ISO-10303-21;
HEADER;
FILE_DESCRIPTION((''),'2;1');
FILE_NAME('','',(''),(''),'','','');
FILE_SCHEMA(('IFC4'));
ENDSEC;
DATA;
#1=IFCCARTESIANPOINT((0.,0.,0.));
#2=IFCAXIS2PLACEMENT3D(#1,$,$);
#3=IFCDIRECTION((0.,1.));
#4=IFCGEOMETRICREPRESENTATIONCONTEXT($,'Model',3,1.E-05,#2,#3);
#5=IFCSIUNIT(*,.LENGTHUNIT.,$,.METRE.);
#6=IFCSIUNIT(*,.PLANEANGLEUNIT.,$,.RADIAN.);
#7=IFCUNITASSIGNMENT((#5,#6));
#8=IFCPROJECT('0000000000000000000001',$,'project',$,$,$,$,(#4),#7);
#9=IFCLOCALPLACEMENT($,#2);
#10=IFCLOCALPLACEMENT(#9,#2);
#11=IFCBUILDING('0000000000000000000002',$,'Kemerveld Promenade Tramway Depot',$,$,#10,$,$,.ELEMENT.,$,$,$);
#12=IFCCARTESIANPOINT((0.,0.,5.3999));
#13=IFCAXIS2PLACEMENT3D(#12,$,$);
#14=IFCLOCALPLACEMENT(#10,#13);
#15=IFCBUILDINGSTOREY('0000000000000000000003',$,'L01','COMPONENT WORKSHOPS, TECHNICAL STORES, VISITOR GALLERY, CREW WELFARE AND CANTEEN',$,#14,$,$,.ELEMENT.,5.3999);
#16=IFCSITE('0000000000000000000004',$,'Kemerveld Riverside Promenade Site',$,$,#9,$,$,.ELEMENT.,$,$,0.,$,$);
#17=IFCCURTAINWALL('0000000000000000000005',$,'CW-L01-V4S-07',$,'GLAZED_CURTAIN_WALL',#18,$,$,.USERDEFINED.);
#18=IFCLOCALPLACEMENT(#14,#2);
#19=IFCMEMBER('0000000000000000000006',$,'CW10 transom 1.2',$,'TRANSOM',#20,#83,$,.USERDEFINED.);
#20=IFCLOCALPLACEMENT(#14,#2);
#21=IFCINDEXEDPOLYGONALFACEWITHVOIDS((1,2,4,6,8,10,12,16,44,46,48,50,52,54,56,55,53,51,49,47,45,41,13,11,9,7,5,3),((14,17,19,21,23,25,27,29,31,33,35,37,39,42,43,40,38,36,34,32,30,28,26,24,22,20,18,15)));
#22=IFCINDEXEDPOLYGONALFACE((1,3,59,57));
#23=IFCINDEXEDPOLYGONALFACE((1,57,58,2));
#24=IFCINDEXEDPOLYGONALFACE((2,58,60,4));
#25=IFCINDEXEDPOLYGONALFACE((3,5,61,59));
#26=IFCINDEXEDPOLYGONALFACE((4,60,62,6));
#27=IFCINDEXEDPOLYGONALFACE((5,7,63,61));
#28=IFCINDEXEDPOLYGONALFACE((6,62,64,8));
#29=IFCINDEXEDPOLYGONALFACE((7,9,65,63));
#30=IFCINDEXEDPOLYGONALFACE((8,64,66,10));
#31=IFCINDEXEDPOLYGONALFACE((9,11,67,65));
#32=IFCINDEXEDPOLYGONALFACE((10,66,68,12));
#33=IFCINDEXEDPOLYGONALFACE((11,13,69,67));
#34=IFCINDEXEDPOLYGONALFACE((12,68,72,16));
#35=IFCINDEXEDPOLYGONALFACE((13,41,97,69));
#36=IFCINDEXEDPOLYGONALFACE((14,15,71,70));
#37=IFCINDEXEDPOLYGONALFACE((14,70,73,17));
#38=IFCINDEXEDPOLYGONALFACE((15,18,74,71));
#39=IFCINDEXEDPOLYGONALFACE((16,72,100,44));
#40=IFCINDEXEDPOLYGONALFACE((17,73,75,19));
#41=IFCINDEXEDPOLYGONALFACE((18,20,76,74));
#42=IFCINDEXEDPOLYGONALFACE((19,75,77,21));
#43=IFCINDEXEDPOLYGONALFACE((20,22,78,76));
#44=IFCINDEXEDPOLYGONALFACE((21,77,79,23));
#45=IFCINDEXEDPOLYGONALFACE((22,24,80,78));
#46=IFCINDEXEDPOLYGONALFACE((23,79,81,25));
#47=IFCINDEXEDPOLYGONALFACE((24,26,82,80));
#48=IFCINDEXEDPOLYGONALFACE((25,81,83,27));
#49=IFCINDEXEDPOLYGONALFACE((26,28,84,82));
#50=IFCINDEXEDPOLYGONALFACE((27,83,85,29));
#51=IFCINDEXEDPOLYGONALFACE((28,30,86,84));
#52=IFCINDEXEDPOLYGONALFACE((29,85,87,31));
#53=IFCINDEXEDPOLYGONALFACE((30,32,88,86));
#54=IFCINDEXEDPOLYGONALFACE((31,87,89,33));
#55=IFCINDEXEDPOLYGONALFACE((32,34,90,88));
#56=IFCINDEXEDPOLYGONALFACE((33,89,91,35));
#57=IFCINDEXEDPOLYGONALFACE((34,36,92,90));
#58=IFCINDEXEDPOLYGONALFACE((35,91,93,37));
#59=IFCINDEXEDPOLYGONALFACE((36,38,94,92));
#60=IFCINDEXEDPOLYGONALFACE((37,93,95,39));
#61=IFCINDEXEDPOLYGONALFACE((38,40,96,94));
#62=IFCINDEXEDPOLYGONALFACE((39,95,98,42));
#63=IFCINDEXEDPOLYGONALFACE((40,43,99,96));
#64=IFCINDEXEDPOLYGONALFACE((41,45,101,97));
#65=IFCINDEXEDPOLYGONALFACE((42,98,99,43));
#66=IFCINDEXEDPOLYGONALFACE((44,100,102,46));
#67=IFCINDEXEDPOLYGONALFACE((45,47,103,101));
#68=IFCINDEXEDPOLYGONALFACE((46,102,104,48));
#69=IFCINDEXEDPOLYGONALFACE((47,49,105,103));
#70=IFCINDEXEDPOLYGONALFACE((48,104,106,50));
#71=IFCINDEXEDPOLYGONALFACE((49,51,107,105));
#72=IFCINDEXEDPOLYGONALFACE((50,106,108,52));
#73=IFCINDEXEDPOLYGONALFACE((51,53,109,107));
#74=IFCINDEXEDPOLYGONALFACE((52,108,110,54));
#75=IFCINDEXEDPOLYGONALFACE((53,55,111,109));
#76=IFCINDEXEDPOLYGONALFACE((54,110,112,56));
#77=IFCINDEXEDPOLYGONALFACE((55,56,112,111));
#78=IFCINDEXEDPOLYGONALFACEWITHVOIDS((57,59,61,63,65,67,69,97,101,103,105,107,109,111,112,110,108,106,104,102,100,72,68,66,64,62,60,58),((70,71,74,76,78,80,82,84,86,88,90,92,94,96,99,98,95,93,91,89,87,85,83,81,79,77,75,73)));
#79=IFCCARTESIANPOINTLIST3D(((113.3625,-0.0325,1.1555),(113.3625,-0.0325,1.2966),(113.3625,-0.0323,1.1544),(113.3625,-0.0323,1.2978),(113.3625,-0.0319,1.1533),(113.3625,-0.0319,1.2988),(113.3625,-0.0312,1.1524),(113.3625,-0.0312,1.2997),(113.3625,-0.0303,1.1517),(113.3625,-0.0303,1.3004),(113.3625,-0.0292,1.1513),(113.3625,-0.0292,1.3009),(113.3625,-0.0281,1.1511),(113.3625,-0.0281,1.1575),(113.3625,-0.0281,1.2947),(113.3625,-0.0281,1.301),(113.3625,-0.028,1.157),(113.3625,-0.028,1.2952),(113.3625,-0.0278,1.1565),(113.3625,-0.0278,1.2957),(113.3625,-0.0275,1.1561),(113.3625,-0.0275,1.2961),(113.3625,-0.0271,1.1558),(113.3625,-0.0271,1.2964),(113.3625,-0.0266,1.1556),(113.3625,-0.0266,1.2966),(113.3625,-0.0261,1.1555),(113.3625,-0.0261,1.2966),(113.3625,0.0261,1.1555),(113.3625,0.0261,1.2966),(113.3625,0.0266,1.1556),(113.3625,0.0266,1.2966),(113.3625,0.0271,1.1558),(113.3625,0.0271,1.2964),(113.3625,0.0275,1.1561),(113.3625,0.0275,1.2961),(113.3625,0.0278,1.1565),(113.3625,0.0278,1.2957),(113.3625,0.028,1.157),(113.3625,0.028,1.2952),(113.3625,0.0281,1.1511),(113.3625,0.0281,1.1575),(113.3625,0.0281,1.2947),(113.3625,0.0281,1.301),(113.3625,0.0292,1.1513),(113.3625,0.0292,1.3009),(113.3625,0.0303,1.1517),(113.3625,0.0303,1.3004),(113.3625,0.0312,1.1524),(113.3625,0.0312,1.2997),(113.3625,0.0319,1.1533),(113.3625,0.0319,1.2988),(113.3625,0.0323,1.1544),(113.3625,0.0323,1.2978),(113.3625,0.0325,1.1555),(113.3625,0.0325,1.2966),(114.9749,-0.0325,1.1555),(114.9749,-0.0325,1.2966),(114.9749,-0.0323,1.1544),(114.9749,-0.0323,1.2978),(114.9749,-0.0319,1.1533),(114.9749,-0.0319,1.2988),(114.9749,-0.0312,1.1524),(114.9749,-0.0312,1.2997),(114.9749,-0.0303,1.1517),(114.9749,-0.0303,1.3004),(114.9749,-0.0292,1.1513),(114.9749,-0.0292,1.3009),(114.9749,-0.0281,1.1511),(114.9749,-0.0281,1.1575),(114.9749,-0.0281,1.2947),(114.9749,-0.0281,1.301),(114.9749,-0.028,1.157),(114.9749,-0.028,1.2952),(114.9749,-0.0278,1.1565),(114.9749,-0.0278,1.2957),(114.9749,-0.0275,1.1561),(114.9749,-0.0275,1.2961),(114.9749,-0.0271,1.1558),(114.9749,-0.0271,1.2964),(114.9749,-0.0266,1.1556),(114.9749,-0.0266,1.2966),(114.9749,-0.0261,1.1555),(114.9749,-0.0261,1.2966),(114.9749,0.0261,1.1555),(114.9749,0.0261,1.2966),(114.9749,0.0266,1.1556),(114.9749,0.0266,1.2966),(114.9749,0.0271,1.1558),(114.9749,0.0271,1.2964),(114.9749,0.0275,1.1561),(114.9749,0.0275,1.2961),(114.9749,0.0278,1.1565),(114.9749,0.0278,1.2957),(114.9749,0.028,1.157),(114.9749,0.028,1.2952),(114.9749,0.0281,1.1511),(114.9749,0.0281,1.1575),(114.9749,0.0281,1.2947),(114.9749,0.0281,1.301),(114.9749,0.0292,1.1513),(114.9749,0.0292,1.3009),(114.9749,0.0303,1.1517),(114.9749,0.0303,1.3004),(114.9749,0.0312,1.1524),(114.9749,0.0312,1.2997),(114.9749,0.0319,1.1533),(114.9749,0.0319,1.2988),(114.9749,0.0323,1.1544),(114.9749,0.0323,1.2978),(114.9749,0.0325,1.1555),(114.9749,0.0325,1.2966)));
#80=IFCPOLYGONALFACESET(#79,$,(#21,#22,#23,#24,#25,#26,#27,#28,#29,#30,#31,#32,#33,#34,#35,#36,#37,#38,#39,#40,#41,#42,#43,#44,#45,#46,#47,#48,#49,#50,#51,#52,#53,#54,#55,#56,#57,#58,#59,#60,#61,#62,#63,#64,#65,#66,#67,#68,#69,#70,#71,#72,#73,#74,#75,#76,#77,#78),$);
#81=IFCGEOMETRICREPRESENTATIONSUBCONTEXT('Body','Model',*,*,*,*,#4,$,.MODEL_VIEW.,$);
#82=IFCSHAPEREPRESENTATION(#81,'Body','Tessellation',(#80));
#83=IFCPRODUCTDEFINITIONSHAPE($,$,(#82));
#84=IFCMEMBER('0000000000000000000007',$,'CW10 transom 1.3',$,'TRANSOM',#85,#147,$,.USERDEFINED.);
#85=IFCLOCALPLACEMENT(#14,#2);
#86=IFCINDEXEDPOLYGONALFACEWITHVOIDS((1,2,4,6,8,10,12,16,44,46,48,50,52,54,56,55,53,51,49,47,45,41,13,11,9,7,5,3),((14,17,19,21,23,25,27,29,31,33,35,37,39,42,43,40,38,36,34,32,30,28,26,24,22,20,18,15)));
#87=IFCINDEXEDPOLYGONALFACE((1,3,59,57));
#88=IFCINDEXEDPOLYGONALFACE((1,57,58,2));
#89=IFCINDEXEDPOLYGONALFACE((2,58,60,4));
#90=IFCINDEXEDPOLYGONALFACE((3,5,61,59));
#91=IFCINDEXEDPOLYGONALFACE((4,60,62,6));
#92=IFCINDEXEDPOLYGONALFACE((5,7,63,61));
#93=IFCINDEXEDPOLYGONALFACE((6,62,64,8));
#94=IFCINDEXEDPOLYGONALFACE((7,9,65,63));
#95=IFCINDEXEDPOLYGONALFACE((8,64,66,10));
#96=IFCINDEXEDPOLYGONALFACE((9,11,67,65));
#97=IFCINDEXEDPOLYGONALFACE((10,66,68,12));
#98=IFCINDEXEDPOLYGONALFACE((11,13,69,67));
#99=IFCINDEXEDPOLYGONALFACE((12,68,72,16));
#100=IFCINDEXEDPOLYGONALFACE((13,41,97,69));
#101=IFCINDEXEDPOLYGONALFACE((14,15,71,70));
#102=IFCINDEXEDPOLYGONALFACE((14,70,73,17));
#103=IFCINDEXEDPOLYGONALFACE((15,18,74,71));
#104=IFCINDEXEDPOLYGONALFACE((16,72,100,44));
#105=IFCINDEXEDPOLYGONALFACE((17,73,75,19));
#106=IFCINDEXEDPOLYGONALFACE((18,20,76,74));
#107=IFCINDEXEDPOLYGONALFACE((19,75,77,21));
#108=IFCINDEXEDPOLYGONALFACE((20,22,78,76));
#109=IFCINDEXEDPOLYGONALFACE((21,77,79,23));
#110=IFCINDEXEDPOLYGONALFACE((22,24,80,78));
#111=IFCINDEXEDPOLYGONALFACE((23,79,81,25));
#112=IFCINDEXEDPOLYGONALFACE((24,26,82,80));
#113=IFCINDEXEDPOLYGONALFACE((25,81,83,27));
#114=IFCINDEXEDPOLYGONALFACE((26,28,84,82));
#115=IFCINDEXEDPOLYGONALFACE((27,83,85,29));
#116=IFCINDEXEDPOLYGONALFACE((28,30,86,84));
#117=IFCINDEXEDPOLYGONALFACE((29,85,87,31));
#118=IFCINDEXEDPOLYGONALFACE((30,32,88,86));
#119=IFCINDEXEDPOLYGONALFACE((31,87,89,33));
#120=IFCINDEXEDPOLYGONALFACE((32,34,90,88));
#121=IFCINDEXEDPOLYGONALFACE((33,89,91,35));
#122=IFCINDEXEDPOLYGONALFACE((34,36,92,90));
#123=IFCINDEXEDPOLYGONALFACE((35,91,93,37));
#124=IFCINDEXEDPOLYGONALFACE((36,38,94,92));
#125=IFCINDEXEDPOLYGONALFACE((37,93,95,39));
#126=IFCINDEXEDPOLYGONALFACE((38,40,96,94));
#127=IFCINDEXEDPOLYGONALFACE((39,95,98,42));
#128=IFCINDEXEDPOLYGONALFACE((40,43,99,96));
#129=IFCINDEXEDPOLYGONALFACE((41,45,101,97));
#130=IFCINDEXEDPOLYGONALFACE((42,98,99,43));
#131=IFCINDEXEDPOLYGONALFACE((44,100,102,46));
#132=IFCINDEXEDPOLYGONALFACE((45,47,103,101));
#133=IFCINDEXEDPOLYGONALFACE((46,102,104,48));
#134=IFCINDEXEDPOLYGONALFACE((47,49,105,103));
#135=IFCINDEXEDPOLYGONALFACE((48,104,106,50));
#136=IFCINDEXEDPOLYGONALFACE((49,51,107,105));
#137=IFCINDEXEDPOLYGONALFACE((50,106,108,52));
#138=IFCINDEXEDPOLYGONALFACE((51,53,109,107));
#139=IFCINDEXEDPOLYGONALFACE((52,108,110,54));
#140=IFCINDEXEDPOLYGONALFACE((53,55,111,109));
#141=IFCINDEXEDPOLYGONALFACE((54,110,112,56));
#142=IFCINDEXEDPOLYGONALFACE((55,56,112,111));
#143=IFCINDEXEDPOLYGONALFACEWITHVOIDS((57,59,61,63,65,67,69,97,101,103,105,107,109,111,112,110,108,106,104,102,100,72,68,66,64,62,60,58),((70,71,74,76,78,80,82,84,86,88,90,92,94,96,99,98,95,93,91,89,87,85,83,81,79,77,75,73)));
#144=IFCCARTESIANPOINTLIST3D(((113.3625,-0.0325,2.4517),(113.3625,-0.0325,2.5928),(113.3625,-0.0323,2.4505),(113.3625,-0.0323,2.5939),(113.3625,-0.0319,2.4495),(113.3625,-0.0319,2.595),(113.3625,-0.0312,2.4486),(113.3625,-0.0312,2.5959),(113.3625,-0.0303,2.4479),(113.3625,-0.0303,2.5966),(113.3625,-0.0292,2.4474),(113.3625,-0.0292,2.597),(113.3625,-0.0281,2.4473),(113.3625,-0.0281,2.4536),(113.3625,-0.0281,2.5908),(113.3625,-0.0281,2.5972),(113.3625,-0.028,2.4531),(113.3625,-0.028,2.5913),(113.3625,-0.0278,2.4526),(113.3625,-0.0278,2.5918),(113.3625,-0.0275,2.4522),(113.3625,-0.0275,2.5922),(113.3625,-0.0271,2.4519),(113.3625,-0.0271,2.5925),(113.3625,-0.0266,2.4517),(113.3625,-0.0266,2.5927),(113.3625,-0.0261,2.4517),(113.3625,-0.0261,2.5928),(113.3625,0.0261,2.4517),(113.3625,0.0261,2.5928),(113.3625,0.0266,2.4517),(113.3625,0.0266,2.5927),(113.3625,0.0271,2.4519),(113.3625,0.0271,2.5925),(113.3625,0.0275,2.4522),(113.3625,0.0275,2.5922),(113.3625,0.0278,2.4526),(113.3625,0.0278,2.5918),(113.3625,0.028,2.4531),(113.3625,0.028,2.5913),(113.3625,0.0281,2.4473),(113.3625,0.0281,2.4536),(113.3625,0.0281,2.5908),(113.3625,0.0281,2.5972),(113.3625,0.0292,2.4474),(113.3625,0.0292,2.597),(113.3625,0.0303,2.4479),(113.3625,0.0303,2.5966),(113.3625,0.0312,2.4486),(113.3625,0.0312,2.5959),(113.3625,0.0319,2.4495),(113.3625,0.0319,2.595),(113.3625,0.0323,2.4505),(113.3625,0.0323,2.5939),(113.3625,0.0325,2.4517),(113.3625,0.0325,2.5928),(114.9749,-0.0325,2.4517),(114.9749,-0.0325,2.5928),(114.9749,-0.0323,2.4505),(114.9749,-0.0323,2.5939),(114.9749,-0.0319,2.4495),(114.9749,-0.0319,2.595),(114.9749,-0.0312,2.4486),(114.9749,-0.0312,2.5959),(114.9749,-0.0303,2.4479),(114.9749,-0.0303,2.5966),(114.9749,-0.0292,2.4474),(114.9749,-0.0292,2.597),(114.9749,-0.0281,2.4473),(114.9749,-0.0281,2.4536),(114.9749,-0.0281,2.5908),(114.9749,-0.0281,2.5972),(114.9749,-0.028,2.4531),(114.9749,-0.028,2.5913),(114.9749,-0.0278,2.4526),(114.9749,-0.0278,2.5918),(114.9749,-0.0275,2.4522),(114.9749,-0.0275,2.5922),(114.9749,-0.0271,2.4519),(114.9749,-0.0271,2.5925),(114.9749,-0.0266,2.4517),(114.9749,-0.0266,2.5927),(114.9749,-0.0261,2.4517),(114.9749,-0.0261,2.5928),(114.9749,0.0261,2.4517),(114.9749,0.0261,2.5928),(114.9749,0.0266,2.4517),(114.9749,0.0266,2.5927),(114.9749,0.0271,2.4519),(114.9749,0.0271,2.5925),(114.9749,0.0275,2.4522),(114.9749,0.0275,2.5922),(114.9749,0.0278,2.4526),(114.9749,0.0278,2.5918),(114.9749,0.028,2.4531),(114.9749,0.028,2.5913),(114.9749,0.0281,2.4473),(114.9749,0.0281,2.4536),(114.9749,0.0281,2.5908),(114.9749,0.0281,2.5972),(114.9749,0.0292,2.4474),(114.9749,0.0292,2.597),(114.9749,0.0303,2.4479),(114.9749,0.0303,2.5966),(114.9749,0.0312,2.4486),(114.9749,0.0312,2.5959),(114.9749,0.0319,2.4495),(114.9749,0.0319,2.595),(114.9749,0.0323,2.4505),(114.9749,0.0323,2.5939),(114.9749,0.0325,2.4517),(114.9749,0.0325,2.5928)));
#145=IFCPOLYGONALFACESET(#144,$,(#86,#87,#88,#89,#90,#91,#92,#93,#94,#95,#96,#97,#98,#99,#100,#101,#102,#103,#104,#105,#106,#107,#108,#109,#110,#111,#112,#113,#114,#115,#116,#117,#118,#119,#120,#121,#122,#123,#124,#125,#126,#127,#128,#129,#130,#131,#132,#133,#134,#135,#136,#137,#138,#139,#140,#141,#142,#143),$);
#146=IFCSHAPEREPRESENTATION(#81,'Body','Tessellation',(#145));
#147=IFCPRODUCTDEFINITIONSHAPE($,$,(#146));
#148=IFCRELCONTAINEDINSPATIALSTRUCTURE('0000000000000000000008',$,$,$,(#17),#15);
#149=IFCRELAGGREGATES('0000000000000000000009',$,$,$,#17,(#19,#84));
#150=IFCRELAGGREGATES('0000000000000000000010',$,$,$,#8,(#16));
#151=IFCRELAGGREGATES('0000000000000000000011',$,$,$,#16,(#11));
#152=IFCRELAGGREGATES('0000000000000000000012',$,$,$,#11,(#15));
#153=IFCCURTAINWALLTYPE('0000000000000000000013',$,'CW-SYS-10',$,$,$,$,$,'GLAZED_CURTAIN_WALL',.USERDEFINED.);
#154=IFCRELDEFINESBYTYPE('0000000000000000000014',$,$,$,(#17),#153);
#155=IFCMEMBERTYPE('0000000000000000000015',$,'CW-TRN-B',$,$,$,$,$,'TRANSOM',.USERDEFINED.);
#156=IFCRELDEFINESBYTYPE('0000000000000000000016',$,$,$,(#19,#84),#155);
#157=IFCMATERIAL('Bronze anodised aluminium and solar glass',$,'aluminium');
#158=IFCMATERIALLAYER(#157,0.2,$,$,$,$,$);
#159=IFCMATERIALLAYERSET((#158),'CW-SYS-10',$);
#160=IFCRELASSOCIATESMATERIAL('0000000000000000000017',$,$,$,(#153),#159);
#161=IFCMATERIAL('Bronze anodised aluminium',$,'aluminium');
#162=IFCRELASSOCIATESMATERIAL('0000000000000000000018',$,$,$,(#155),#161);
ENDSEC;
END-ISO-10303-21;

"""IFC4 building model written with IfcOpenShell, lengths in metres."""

from ifc_helpers import new_model, si_unit, direction, frame, origin, origin_2d, place, context, subcontext, project, spatial, hollow_rectangle, extrude, material, layer, layer_set, material_profile, profile_set, type_object, element, aggregate, save


model = new_model("IFC4")

# Units and contexts
model_context = context("Model", 3, precision=1e-05, world=origin(), true_north=direction((0.0, 1.0)))
body_context = subcontext(model_context, "Body", "Model", "MODEL_VIEW")
ifc_project = project(units=[si_unit("LENGTHUNIT", "METRE"), si_unit("PLANEANGLEUNIT", "RADIAN")], contexts=[model_context])

# Site, building, storey
site_placement = place(None, origin())
site = spatial("IfcSite", under=ifc_project, at=site_placement, Name="Kemerveld Riverside Promenade Site", CompositionType="ELEMENT", RefElevation=0.0)
building_placement = place(site_placement, origin())
building = spatial("IfcBuilding", under=site, at=building_placement, Name="Kemerveld Promenade Tramway Depot", CompositionType="ELEMENT")
storey_placement = place(building_placement, frame((0.0, 0.0, 5.3999)))
storey = spatial("IfcBuildingStorey", under=building, at=storey_placement, Name="L01", Description="COMPONENT WORKSHOPS, TECHNICAL STORES, VISITOR GALLERY, CREW WELFARE AND CANTEEN", CompositionType="ELEMENT", Elevation=5.3999)

# Curtain wall, members
ifc_material_1 = material(Name="Bronze anodised aluminium and solar glass", Category="aluminium")
ifc_layer_1 = layer(ifc_material_1, 0.2)
ifc_layer_set_1 = layer_set([ifc_layer_1], Name="CW-SYS-10")
curtain_wall_type = type_object("IfcCurtainWallType", Name="CW-SYS-10", ElementType="GLAZED_CURTAIN_WALL", PredefinedType="USERDEFINED", material=ifc_layer_set_1)
curtain_wall_placement = place(storey_placement, origin())
curtain_wall = element("IfcCurtainWall", 1, at=curtain_wall_placement, inside=storey, type_object=curtain_wall_type, Name="CW-L01-V4S-07", ObjectType="GLAZED_CURTAIN_WALL", PredefinedType="USERDEFINED")
ifc_material_2 = material(Name="Bronze anodised aluminium", Category="aluminium")
ifc_material_profile_1 = material_profile(ifc_material_2, hollow_rectangle(XDim=0.0649, YDim=0.1499, WallThickness=0.0044, InnerFilletRadius=0.002, OuterFilletRadius=0.0044, at=origin_2d()), Name="CW-TRN-150x65")
ifc_profile_set_1 = profile_set([ifc_material_profile_1], Name="Bronze anodised aluminium")
member_type_1 = type_object("IfcMemberType", Name="CW-TRN-B", ElementType="TRANSOM", PredefinedType="USERDEFINED", material=ifc_profile_set_1)
member_1_placement = place(storey_placement, frame((114.9749, 0.0, 1.2261), z_axis=(-1.0, 0.0, 0.0), x_axis=(0.0, -1.0, 0.0)))
member_1 = element("IfcMember", 2, at=member_1_placement, type_object=member_type_1, Name="CW10 transom 1.2", ObjectType="TRANSOM", PredefinedType="USERDEFINED", context=body_context, shape_type="SweptSolid", body=[
    extrude(hollow_rectangle(XDim=0.0649, YDim=0.1499, WallThickness=0.0044, InnerFilletRadius=0.002, OuterFilletRadius=0.0044, at=origin_2d()), origin(), (0.0, 0.0, 1.0), 1.6123),
])
member_2_placement = place(storey_placement, frame((114.9749, 0.0, 2.5222), z_axis=(-1.0, 0.0, 0.0), x_axis=(0.0, -1.0, 0.0)))
member_2 = element("IfcMember", 3, at=member_2_placement, type_object=member_type_1, Name="CW10 transom 1.3", ObjectType="TRANSOM", PredefinedType="USERDEFINED", context=body_context, shape_type="SweptSolid", body=[
    extrude(hollow_rectangle(XDim=0.0649, YDim=0.1499, WallThickness=0.0044, InnerFilletRadius=0.002, OuterFilletRadius=0.0044, at=origin_2d()), origin(), (0.0, 0.0, 1.0), 1.6123),
])
aggregate(curtain_wall, [member_1, member_2])

save(model, "model.ifc")
